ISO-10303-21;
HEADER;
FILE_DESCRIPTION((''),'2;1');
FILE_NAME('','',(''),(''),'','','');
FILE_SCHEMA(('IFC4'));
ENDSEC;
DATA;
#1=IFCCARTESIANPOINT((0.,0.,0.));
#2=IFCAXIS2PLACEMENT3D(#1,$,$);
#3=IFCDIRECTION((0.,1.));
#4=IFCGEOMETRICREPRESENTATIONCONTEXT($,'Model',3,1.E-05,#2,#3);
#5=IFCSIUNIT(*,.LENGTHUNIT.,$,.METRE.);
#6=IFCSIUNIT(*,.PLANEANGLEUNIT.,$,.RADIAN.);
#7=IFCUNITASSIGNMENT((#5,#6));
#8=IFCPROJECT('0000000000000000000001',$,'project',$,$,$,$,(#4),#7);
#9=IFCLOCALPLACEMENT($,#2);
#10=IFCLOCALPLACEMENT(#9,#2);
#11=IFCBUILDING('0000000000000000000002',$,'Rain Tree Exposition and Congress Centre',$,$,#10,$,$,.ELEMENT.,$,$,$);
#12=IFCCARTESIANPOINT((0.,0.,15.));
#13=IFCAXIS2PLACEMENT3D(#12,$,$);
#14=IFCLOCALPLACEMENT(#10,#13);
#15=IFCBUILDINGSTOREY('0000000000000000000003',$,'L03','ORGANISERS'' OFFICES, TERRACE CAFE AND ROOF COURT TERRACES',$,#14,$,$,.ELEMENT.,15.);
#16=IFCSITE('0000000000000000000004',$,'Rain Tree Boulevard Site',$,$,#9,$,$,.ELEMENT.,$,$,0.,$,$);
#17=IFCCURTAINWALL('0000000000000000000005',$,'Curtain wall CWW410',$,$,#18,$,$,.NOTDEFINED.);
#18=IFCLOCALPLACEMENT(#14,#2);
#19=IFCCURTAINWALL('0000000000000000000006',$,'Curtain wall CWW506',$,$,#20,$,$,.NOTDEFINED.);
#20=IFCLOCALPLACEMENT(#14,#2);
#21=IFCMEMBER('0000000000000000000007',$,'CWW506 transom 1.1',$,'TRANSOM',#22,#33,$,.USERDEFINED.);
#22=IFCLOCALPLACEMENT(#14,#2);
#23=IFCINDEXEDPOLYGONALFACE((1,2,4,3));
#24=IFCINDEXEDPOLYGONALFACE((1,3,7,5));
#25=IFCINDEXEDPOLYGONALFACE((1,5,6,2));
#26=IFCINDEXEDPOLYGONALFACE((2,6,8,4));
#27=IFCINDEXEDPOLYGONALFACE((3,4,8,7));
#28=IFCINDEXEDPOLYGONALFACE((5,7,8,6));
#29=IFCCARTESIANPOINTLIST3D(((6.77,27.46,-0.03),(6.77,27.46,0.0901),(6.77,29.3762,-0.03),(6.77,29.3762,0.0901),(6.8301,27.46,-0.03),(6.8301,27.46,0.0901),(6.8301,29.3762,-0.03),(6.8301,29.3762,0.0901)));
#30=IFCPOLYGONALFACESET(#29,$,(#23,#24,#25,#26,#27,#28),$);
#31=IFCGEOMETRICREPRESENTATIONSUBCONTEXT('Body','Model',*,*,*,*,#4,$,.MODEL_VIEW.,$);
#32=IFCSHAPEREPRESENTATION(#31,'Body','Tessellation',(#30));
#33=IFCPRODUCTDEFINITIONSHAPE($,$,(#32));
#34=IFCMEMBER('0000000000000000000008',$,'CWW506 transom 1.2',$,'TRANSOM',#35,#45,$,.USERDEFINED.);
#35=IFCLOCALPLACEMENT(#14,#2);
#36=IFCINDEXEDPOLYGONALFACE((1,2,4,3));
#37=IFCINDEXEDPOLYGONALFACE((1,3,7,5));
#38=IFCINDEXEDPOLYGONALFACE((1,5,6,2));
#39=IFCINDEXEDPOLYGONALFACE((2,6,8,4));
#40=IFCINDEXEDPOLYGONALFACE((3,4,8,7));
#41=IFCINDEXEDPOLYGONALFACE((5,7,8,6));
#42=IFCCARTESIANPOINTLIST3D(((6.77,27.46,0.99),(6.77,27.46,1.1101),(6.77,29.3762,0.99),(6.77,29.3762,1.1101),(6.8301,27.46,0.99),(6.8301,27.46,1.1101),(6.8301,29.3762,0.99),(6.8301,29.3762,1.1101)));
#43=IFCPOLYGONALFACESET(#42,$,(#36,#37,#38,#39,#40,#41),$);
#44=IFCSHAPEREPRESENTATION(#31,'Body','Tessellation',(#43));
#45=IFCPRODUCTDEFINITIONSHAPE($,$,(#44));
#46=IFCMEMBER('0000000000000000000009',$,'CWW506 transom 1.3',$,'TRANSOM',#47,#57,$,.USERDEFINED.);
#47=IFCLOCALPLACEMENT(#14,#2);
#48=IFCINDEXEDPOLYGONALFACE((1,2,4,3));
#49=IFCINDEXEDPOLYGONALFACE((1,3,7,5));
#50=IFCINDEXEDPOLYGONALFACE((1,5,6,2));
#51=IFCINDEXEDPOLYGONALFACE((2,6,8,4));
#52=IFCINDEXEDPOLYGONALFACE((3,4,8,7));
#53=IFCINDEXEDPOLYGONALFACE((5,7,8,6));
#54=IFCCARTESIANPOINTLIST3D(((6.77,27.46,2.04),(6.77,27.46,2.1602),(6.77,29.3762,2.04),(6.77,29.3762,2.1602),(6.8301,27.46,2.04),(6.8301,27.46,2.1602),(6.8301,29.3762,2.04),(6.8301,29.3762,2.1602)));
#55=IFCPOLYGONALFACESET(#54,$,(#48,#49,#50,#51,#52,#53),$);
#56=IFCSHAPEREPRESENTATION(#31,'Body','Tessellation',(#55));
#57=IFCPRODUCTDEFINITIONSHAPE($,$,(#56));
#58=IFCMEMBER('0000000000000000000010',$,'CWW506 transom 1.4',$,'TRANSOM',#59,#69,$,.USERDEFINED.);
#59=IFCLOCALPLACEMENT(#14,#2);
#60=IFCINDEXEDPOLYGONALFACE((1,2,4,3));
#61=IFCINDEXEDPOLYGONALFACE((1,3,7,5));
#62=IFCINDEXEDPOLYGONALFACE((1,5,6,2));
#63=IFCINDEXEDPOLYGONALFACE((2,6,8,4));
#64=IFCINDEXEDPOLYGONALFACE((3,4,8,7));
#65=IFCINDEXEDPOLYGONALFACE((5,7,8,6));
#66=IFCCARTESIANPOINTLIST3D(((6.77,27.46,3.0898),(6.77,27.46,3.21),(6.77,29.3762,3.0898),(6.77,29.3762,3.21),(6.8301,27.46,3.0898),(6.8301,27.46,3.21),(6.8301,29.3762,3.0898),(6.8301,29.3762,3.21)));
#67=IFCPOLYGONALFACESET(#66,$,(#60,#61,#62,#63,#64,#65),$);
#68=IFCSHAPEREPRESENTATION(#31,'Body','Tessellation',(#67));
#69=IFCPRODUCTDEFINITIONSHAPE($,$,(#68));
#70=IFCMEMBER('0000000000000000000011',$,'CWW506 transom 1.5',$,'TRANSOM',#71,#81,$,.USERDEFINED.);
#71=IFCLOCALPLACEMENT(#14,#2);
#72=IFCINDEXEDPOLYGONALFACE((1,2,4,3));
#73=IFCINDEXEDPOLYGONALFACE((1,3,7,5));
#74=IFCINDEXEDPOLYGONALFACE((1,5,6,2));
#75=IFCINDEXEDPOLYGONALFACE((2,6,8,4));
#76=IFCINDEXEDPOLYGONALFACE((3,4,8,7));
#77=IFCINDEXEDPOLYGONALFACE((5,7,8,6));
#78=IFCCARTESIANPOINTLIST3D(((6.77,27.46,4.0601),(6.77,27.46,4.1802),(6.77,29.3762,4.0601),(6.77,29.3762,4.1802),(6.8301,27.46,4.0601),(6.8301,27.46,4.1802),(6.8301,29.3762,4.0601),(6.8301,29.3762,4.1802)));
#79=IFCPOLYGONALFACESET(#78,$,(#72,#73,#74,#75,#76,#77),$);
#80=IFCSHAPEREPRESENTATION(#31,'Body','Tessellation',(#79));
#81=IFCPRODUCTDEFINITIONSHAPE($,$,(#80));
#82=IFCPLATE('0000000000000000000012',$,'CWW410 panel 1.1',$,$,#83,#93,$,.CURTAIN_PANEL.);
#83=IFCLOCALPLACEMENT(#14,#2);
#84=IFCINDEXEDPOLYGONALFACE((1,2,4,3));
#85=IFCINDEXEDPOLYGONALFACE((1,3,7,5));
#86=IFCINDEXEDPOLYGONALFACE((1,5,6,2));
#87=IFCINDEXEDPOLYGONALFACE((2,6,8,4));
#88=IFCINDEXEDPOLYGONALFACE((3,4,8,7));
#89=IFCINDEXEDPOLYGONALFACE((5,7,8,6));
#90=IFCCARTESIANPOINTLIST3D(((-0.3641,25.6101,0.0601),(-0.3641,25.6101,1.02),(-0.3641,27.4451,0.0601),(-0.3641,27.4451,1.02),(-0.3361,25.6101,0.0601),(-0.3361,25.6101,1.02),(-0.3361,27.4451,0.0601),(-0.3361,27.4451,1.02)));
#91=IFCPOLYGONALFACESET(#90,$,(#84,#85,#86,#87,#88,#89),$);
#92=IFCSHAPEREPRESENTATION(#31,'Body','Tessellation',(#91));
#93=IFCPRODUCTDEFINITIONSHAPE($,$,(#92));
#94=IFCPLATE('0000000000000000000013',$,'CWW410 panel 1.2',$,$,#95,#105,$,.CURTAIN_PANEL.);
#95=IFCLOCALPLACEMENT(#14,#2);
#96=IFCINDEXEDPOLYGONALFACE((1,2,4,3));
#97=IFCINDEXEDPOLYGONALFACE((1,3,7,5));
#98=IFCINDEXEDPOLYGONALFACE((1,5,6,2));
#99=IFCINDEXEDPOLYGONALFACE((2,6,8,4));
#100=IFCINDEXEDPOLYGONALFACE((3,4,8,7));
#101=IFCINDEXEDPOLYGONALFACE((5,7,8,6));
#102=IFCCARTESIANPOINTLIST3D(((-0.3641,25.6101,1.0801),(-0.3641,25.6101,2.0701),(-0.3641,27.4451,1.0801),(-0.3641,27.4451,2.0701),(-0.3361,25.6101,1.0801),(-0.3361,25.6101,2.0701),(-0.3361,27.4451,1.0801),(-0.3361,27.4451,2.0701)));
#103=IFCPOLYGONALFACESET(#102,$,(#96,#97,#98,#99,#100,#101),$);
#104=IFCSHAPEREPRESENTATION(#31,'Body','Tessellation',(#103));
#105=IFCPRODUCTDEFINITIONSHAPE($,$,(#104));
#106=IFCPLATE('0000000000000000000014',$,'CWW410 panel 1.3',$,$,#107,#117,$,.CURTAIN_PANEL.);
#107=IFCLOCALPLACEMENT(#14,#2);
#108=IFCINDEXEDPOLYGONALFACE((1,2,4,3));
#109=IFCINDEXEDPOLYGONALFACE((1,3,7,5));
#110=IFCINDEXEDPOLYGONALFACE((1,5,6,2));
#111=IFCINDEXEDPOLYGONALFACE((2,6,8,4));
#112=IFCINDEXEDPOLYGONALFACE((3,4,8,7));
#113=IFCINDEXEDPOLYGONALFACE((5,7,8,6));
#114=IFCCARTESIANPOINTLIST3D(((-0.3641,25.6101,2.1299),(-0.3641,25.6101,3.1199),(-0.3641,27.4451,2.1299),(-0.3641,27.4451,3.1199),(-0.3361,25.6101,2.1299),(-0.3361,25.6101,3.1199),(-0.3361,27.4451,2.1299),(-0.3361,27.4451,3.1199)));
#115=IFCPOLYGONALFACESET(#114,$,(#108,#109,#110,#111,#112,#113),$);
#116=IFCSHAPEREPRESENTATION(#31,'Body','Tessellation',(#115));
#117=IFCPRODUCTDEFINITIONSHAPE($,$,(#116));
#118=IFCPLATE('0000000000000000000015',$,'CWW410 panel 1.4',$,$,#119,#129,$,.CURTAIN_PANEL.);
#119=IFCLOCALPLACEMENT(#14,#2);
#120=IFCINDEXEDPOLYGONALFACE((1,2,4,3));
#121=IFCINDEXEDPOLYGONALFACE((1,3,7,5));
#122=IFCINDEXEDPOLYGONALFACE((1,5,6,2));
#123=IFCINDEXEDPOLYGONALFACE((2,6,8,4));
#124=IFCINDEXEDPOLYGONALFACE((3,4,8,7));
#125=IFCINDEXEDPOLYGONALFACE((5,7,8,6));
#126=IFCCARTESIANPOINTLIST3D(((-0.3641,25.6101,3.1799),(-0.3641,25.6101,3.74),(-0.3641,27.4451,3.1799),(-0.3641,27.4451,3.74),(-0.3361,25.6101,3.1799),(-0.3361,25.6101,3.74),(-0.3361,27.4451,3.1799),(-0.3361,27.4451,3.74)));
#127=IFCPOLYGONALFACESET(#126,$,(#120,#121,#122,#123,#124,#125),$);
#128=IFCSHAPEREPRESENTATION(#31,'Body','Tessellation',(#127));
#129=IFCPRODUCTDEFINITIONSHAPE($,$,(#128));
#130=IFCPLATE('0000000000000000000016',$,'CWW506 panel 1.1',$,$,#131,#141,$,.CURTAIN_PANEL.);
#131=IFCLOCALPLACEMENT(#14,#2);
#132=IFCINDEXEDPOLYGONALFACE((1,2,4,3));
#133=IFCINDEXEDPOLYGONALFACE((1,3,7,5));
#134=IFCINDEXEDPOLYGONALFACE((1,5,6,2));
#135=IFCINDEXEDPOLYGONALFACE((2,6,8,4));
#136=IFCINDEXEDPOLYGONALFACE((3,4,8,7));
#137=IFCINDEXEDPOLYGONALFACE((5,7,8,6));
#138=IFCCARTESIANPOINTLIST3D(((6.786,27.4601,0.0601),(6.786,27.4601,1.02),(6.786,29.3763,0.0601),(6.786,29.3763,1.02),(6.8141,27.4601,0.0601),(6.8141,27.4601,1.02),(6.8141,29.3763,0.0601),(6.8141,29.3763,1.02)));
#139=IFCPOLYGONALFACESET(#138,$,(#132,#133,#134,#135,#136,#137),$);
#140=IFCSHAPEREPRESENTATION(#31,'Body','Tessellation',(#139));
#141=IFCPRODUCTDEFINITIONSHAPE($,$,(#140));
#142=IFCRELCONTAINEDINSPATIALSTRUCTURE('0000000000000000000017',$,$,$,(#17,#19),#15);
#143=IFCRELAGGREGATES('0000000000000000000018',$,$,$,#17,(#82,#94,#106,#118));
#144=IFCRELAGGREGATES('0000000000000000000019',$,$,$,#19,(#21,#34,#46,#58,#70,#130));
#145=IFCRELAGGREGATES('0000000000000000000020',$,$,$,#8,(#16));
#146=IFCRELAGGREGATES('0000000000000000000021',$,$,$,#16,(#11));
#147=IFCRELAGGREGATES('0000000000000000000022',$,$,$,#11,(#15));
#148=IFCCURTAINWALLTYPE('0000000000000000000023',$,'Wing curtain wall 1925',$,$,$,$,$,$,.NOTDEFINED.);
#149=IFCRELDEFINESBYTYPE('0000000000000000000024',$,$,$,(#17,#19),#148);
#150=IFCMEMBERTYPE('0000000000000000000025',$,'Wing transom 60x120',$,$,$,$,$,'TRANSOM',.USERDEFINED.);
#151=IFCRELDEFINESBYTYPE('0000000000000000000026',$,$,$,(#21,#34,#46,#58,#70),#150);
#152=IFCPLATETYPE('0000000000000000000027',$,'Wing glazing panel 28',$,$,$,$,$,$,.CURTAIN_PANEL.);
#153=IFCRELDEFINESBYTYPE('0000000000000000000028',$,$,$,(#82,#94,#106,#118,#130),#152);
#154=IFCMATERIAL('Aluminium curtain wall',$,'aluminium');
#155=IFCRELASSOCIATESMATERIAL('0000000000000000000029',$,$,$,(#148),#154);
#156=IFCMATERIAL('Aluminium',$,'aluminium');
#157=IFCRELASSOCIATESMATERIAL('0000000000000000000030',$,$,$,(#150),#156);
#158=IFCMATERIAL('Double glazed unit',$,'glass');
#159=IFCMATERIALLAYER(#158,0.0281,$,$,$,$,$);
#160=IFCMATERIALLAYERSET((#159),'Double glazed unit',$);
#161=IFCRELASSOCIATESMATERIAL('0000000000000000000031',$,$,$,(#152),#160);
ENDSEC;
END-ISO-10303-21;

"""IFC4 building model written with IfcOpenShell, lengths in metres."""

from ifc_helpers import new_model, si_unit, direction, frame, origin, origin_2d, place, context, subcontext, project, spatial, rectangle, extrude, material, layer, layer_set, material_profile, profile_set, type_object, element, aggregate, save


model = new_model("IFC4")

# Units and contexts
model_context = context("Model", 3, precision=1e-05, world=origin(), true_north=direction((0.0, 1.0)))
body_context = subcontext(model_context, "Body", "Model", "MODEL_VIEW")
ifc_project = project(units=[si_unit("LENGTHUNIT", "METRE"), si_unit("PLANEANGLEUNIT", "RADIAN")], contexts=[model_context])

# Site, building, storey
site_placement = place(None, origin())
site = spatial("IfcSite", under=ifc_project, at=site_placement, Name="Rain Tree Boulevard Site", CompositionType="ELEMENT", RefElevation=0.0)
building_placement = place(site_placement, origin())
building = spatial("IfcBuilding", under=site, at=building_placement, Name="Rain Tree Exposition and Congress Centre", CompositionType="ELEMENT")
storey_placement = place(building_placement, frame((0.0, 0.0, 15.0)))
storey = spatial("IfcBuildingStorey", under=building, at=storey_placement, Name="L03", Description="ORGANISERS' OFFICES, TERRACE CAFE AND ROOF COURT TERRACES", CompositionType="ELEMENT", Elevation=15.0)

# Curtain wall
ifc_material_1 = material(Name="Aluminium curtain wall", Category="aluminium")
curtain_wall_type = type_object("IfcCurtainWallType", Name="Wing curtain wall 1925", PredefinedType="NOTDEFINED", material=ifc_material_1)
curtain_wall_1_placement = place(storey_placement, origin())
curtain_wall_1 = element("IfcCurtainWall", 1, at=curtain_wall_1_placement, inside=storey, type_object=curtain_wall_type, Name="Curtain wall CWW410", PredefinedType="NOTDEFINED")

# Curtain wall
curtain_wall_2_placement = place(storey_placement, origin())
curtain_wall_2 = element("IfcCurtainWall", 2, at=curtain_wall_2_placement, inside=storey, type_object=curtain_wall_type, Name="Curtain wall CWW506", PredefinedType="NOTDEFINED")

# Members
ifc_material_2 = material(Name="Aluminium", Category="aluminium")
ifc_material_profile_1 = material_profile(ifc_material_2, rectangle(XDim=0.0601, YDim=0.1201, at=origin_2d()), Name="Aluminium 60x120")
ifc_profile_set_1 = profile_set([ifc_material_profile_1], Name="Aluminium")
member_type_1 = type_object("IfcMemberType", Name="Wing transom 60x120", ElementType="TRANSOM", PredefinedType="USERDEFINED", material=ifc_profile_set_1)
member_1_placement = place(storey_placement, frame((6.8, 27.46, 0.03), z_axis=(0.0, 1.0, 0.0), x_axis=(-1.0, 0.0, 0.0)))
member_1 = element("IfcMember", 3, at=member_1_placement, type_object=member_type_1, Name="CWW506 transom 1.1", ObjectType="TRANSOM", PredefinedType="USERDEFINED", context=body_context, shape_type="SweptSolid", body=[
    extrude(rectangle(XDim=0.0601, YDim=0.1201, at=origin_2d()), origin(), (0.0, 0.0, 1.0), 1.9163),
])
member_2_placement = place(storey_placement, frame((6.8, 27.46, 1.05), z_axis=(0.0, 1.0, 0.0), x_axis=(-1.0, 0.0, 0.0)))
member_2 = element("IfcMember", 4, at=member_2_placement, type_object=member_type_1, Name="CWW506 transom 1.2", ObjectType="TRANSOM", PredefinedType="USERDEFINED", context=body_context, shape_type="SweptSolid", body=[
    extrude(rectangle(XDim=0.0601, YDim=0.1201, at=origin_2d()), origin(), (0.0, 0.0, 1.0), 1.9163),
])
member_3_placement = place(storey_placement, frame((6.8, 27.46, 2.1001), z_axis=(0.0, 1.0, 0.0), x_axis=(-1.0, 0.0, 0.0)))
member_3 = element("IfcMember", 5, at=member_3_placement, type_object=member_type_1, Name="CWW506 transom 1.3", ObjectType="TRANSOM", PredefinedType="USERDEFINED", context=body_context, shape_type="SweptSolid", body=[
    extrude(rectangle(XDim=0.0601, YDim=0.1201, at=origin_2d()), origin(), (0.0, 0.0, 1.0), 1.9163),
])
member_4_placement = place(storey_placement, frame((6.8, 27.46, 3.1499), z_axis=(0.0, 1.0, 0.0), x_axis=(-1.0, 0.0, 0.0)))
member_4 = element("IfcMember", 6, at=member_4_placement, type_object=member_type_1, Name="CWW506 transom 1.4", ObjectType="TRANSOM", PredefinedType="USERDEFINED", context=body_context, shape_type="SweptSolid", body=[
    extrude(rectangle(XDim=0.0601, YDim=0.1201, at=origin_2d()), origin(), (0.0, 0.0, 1.0), 1.9163),
])
member_5_placement = place(storey_placement, frame((6.8, 27.46, 4.1201), z_axis=(0.0, 1.0, 0.0), x_axis=(-1.0, 0.0, 0.0)))
member_5 = element("IfcMember", 7, at=member_5_placement, type_object=member_type_1, Name="CWW506 transom 1.5", ObjectType="TRANSOM", PredefinedType="USERDEFINED", context=body_context, shape_type="SweptSolid", body=[
    extrude(rectangle(XDim=0.0601, YDim=0.1201, at=origin_2d()), origin(), (0.0, 0.0, 1.0), 1.9163),
])

# Plates
ifc_material_3 = material(Name="Double glazed unit", Category="glass")
ifc_layer_1 = layer(ifc_material_3, 0.0281)
ifc_layer_set_1 = layer_set([ifc_layer_1], Name="Double glazed unit")
plate_type = type_object("IfcPlateType", Name="Wing glazing panel 28", PredefinedType="CURTAIN_PANEL", material=ifc_layer_set_1)
plate_1_placement = place(storey_placement, frame((-0.3501, 26.5276, 0.0601), z_axis=(0.0, 0.0, 1.0), x_axis=(0.0, 1.0, 0.0)))
plate_1 = element("IfcPlate", 8, at=plate_1_placement, type_object=plate_type, Name="CWW410 panel 1.1", PredefinedType="CURTAIN_PANEL", context=body_context, shape_type="SweptSolid", body=[
    extrude(rectangle(XDim=1.835, YDim=0.0281, at=origin_2d()), origin(), (0.0, 0.0, 1.0), 0.96),
])
plate_2_placement = place(storey_placement, frame((-0.3501, 26.5276, 1.0801), z_axis=(0.0, 0.0, 1.0), x_axis=(0.0, 1.0, 0.0)))
plate_2 = element("IfcPlate", 9, at=plate_2_placement, type_object=plate_type, Name="CWW410 panel 1.2", PredefinedType="CURTAIN_PANEL", context=body_context, shape_type="SweptSolid", body=[
    extrude(rectangle(XDim=1.835, YDim=0.0281, at=origin_2d()), origin(), (0.0, 0.0, 1.0), 0.99),
])
plate_3_placement = place(storey_placement, frame((-0.3501, 26.5276, 2.1299), z_axis=(0.0, 0.0, 1.0), x_axis=(0.0, 1.0, 0.0)))
plate_3 = element("IfcPlate", 10, at=plate_3_placement, type_object=plate_type, Name="CWW410 panel 1.3", PredefinedType="CURTAIN_PANEL", context=body_context, shape_type="SweptSolid", body=[
    extrude(rectangle(XDim=1.835, YDim=0.0281, at=origin_2d()), origin(), (0.0, 0.0, 1.0), 0.99),
])
plate_4_placement = place(storey_placement, frame((-0.3501, 26.5276, 3.1799), z_axis=(0.0, 0.0, 1.0), x_axis=(0.0, 1.0, 0.0)))
plate_4 = element("IfcPlate", 11, at=plate_4_placement, type_object=plate_type, Name="CWW410 panel 1.4", PredefinedType="CURTAIN_PANEL", context=body_context, shape_type="SweptSolid", body=[
    extrude(rectangle(XDim=1.835, YDim=0.0281, at=origin_2d()), origin(), (0.0, 0.0, 1.0), 0.5601),
])
aggregate(curtain_wall_1, [plate_1, plate_2, plate_3, plate_4])
plate_5_placement = place(storey_placement, frame((6.8, 28.4182, 0.0601), z_axis=(0.0, 0.0, 1.0), x_axis=(0.0, 1.0, 0.0)))
plate_5 = element("IfcPlate", 12, at=plate_5_placement, type_object=plate_type, Name="CWW506 panel 1.1", PredefinedType="CURTAIN_PANEL", context=body_context, shape_type="SweptSolid", body=[
    extrude(rectangle(XDim=1.9163, YDim=0.0281, at=origin_2d()), origin(), (0.0, 0.0, 1.0), 0.96),
])
aggregate(curtain_wall_2, [member_1, member_2, member_3, member_4, member_5, plate_5])

save(model, "model.ifc")
